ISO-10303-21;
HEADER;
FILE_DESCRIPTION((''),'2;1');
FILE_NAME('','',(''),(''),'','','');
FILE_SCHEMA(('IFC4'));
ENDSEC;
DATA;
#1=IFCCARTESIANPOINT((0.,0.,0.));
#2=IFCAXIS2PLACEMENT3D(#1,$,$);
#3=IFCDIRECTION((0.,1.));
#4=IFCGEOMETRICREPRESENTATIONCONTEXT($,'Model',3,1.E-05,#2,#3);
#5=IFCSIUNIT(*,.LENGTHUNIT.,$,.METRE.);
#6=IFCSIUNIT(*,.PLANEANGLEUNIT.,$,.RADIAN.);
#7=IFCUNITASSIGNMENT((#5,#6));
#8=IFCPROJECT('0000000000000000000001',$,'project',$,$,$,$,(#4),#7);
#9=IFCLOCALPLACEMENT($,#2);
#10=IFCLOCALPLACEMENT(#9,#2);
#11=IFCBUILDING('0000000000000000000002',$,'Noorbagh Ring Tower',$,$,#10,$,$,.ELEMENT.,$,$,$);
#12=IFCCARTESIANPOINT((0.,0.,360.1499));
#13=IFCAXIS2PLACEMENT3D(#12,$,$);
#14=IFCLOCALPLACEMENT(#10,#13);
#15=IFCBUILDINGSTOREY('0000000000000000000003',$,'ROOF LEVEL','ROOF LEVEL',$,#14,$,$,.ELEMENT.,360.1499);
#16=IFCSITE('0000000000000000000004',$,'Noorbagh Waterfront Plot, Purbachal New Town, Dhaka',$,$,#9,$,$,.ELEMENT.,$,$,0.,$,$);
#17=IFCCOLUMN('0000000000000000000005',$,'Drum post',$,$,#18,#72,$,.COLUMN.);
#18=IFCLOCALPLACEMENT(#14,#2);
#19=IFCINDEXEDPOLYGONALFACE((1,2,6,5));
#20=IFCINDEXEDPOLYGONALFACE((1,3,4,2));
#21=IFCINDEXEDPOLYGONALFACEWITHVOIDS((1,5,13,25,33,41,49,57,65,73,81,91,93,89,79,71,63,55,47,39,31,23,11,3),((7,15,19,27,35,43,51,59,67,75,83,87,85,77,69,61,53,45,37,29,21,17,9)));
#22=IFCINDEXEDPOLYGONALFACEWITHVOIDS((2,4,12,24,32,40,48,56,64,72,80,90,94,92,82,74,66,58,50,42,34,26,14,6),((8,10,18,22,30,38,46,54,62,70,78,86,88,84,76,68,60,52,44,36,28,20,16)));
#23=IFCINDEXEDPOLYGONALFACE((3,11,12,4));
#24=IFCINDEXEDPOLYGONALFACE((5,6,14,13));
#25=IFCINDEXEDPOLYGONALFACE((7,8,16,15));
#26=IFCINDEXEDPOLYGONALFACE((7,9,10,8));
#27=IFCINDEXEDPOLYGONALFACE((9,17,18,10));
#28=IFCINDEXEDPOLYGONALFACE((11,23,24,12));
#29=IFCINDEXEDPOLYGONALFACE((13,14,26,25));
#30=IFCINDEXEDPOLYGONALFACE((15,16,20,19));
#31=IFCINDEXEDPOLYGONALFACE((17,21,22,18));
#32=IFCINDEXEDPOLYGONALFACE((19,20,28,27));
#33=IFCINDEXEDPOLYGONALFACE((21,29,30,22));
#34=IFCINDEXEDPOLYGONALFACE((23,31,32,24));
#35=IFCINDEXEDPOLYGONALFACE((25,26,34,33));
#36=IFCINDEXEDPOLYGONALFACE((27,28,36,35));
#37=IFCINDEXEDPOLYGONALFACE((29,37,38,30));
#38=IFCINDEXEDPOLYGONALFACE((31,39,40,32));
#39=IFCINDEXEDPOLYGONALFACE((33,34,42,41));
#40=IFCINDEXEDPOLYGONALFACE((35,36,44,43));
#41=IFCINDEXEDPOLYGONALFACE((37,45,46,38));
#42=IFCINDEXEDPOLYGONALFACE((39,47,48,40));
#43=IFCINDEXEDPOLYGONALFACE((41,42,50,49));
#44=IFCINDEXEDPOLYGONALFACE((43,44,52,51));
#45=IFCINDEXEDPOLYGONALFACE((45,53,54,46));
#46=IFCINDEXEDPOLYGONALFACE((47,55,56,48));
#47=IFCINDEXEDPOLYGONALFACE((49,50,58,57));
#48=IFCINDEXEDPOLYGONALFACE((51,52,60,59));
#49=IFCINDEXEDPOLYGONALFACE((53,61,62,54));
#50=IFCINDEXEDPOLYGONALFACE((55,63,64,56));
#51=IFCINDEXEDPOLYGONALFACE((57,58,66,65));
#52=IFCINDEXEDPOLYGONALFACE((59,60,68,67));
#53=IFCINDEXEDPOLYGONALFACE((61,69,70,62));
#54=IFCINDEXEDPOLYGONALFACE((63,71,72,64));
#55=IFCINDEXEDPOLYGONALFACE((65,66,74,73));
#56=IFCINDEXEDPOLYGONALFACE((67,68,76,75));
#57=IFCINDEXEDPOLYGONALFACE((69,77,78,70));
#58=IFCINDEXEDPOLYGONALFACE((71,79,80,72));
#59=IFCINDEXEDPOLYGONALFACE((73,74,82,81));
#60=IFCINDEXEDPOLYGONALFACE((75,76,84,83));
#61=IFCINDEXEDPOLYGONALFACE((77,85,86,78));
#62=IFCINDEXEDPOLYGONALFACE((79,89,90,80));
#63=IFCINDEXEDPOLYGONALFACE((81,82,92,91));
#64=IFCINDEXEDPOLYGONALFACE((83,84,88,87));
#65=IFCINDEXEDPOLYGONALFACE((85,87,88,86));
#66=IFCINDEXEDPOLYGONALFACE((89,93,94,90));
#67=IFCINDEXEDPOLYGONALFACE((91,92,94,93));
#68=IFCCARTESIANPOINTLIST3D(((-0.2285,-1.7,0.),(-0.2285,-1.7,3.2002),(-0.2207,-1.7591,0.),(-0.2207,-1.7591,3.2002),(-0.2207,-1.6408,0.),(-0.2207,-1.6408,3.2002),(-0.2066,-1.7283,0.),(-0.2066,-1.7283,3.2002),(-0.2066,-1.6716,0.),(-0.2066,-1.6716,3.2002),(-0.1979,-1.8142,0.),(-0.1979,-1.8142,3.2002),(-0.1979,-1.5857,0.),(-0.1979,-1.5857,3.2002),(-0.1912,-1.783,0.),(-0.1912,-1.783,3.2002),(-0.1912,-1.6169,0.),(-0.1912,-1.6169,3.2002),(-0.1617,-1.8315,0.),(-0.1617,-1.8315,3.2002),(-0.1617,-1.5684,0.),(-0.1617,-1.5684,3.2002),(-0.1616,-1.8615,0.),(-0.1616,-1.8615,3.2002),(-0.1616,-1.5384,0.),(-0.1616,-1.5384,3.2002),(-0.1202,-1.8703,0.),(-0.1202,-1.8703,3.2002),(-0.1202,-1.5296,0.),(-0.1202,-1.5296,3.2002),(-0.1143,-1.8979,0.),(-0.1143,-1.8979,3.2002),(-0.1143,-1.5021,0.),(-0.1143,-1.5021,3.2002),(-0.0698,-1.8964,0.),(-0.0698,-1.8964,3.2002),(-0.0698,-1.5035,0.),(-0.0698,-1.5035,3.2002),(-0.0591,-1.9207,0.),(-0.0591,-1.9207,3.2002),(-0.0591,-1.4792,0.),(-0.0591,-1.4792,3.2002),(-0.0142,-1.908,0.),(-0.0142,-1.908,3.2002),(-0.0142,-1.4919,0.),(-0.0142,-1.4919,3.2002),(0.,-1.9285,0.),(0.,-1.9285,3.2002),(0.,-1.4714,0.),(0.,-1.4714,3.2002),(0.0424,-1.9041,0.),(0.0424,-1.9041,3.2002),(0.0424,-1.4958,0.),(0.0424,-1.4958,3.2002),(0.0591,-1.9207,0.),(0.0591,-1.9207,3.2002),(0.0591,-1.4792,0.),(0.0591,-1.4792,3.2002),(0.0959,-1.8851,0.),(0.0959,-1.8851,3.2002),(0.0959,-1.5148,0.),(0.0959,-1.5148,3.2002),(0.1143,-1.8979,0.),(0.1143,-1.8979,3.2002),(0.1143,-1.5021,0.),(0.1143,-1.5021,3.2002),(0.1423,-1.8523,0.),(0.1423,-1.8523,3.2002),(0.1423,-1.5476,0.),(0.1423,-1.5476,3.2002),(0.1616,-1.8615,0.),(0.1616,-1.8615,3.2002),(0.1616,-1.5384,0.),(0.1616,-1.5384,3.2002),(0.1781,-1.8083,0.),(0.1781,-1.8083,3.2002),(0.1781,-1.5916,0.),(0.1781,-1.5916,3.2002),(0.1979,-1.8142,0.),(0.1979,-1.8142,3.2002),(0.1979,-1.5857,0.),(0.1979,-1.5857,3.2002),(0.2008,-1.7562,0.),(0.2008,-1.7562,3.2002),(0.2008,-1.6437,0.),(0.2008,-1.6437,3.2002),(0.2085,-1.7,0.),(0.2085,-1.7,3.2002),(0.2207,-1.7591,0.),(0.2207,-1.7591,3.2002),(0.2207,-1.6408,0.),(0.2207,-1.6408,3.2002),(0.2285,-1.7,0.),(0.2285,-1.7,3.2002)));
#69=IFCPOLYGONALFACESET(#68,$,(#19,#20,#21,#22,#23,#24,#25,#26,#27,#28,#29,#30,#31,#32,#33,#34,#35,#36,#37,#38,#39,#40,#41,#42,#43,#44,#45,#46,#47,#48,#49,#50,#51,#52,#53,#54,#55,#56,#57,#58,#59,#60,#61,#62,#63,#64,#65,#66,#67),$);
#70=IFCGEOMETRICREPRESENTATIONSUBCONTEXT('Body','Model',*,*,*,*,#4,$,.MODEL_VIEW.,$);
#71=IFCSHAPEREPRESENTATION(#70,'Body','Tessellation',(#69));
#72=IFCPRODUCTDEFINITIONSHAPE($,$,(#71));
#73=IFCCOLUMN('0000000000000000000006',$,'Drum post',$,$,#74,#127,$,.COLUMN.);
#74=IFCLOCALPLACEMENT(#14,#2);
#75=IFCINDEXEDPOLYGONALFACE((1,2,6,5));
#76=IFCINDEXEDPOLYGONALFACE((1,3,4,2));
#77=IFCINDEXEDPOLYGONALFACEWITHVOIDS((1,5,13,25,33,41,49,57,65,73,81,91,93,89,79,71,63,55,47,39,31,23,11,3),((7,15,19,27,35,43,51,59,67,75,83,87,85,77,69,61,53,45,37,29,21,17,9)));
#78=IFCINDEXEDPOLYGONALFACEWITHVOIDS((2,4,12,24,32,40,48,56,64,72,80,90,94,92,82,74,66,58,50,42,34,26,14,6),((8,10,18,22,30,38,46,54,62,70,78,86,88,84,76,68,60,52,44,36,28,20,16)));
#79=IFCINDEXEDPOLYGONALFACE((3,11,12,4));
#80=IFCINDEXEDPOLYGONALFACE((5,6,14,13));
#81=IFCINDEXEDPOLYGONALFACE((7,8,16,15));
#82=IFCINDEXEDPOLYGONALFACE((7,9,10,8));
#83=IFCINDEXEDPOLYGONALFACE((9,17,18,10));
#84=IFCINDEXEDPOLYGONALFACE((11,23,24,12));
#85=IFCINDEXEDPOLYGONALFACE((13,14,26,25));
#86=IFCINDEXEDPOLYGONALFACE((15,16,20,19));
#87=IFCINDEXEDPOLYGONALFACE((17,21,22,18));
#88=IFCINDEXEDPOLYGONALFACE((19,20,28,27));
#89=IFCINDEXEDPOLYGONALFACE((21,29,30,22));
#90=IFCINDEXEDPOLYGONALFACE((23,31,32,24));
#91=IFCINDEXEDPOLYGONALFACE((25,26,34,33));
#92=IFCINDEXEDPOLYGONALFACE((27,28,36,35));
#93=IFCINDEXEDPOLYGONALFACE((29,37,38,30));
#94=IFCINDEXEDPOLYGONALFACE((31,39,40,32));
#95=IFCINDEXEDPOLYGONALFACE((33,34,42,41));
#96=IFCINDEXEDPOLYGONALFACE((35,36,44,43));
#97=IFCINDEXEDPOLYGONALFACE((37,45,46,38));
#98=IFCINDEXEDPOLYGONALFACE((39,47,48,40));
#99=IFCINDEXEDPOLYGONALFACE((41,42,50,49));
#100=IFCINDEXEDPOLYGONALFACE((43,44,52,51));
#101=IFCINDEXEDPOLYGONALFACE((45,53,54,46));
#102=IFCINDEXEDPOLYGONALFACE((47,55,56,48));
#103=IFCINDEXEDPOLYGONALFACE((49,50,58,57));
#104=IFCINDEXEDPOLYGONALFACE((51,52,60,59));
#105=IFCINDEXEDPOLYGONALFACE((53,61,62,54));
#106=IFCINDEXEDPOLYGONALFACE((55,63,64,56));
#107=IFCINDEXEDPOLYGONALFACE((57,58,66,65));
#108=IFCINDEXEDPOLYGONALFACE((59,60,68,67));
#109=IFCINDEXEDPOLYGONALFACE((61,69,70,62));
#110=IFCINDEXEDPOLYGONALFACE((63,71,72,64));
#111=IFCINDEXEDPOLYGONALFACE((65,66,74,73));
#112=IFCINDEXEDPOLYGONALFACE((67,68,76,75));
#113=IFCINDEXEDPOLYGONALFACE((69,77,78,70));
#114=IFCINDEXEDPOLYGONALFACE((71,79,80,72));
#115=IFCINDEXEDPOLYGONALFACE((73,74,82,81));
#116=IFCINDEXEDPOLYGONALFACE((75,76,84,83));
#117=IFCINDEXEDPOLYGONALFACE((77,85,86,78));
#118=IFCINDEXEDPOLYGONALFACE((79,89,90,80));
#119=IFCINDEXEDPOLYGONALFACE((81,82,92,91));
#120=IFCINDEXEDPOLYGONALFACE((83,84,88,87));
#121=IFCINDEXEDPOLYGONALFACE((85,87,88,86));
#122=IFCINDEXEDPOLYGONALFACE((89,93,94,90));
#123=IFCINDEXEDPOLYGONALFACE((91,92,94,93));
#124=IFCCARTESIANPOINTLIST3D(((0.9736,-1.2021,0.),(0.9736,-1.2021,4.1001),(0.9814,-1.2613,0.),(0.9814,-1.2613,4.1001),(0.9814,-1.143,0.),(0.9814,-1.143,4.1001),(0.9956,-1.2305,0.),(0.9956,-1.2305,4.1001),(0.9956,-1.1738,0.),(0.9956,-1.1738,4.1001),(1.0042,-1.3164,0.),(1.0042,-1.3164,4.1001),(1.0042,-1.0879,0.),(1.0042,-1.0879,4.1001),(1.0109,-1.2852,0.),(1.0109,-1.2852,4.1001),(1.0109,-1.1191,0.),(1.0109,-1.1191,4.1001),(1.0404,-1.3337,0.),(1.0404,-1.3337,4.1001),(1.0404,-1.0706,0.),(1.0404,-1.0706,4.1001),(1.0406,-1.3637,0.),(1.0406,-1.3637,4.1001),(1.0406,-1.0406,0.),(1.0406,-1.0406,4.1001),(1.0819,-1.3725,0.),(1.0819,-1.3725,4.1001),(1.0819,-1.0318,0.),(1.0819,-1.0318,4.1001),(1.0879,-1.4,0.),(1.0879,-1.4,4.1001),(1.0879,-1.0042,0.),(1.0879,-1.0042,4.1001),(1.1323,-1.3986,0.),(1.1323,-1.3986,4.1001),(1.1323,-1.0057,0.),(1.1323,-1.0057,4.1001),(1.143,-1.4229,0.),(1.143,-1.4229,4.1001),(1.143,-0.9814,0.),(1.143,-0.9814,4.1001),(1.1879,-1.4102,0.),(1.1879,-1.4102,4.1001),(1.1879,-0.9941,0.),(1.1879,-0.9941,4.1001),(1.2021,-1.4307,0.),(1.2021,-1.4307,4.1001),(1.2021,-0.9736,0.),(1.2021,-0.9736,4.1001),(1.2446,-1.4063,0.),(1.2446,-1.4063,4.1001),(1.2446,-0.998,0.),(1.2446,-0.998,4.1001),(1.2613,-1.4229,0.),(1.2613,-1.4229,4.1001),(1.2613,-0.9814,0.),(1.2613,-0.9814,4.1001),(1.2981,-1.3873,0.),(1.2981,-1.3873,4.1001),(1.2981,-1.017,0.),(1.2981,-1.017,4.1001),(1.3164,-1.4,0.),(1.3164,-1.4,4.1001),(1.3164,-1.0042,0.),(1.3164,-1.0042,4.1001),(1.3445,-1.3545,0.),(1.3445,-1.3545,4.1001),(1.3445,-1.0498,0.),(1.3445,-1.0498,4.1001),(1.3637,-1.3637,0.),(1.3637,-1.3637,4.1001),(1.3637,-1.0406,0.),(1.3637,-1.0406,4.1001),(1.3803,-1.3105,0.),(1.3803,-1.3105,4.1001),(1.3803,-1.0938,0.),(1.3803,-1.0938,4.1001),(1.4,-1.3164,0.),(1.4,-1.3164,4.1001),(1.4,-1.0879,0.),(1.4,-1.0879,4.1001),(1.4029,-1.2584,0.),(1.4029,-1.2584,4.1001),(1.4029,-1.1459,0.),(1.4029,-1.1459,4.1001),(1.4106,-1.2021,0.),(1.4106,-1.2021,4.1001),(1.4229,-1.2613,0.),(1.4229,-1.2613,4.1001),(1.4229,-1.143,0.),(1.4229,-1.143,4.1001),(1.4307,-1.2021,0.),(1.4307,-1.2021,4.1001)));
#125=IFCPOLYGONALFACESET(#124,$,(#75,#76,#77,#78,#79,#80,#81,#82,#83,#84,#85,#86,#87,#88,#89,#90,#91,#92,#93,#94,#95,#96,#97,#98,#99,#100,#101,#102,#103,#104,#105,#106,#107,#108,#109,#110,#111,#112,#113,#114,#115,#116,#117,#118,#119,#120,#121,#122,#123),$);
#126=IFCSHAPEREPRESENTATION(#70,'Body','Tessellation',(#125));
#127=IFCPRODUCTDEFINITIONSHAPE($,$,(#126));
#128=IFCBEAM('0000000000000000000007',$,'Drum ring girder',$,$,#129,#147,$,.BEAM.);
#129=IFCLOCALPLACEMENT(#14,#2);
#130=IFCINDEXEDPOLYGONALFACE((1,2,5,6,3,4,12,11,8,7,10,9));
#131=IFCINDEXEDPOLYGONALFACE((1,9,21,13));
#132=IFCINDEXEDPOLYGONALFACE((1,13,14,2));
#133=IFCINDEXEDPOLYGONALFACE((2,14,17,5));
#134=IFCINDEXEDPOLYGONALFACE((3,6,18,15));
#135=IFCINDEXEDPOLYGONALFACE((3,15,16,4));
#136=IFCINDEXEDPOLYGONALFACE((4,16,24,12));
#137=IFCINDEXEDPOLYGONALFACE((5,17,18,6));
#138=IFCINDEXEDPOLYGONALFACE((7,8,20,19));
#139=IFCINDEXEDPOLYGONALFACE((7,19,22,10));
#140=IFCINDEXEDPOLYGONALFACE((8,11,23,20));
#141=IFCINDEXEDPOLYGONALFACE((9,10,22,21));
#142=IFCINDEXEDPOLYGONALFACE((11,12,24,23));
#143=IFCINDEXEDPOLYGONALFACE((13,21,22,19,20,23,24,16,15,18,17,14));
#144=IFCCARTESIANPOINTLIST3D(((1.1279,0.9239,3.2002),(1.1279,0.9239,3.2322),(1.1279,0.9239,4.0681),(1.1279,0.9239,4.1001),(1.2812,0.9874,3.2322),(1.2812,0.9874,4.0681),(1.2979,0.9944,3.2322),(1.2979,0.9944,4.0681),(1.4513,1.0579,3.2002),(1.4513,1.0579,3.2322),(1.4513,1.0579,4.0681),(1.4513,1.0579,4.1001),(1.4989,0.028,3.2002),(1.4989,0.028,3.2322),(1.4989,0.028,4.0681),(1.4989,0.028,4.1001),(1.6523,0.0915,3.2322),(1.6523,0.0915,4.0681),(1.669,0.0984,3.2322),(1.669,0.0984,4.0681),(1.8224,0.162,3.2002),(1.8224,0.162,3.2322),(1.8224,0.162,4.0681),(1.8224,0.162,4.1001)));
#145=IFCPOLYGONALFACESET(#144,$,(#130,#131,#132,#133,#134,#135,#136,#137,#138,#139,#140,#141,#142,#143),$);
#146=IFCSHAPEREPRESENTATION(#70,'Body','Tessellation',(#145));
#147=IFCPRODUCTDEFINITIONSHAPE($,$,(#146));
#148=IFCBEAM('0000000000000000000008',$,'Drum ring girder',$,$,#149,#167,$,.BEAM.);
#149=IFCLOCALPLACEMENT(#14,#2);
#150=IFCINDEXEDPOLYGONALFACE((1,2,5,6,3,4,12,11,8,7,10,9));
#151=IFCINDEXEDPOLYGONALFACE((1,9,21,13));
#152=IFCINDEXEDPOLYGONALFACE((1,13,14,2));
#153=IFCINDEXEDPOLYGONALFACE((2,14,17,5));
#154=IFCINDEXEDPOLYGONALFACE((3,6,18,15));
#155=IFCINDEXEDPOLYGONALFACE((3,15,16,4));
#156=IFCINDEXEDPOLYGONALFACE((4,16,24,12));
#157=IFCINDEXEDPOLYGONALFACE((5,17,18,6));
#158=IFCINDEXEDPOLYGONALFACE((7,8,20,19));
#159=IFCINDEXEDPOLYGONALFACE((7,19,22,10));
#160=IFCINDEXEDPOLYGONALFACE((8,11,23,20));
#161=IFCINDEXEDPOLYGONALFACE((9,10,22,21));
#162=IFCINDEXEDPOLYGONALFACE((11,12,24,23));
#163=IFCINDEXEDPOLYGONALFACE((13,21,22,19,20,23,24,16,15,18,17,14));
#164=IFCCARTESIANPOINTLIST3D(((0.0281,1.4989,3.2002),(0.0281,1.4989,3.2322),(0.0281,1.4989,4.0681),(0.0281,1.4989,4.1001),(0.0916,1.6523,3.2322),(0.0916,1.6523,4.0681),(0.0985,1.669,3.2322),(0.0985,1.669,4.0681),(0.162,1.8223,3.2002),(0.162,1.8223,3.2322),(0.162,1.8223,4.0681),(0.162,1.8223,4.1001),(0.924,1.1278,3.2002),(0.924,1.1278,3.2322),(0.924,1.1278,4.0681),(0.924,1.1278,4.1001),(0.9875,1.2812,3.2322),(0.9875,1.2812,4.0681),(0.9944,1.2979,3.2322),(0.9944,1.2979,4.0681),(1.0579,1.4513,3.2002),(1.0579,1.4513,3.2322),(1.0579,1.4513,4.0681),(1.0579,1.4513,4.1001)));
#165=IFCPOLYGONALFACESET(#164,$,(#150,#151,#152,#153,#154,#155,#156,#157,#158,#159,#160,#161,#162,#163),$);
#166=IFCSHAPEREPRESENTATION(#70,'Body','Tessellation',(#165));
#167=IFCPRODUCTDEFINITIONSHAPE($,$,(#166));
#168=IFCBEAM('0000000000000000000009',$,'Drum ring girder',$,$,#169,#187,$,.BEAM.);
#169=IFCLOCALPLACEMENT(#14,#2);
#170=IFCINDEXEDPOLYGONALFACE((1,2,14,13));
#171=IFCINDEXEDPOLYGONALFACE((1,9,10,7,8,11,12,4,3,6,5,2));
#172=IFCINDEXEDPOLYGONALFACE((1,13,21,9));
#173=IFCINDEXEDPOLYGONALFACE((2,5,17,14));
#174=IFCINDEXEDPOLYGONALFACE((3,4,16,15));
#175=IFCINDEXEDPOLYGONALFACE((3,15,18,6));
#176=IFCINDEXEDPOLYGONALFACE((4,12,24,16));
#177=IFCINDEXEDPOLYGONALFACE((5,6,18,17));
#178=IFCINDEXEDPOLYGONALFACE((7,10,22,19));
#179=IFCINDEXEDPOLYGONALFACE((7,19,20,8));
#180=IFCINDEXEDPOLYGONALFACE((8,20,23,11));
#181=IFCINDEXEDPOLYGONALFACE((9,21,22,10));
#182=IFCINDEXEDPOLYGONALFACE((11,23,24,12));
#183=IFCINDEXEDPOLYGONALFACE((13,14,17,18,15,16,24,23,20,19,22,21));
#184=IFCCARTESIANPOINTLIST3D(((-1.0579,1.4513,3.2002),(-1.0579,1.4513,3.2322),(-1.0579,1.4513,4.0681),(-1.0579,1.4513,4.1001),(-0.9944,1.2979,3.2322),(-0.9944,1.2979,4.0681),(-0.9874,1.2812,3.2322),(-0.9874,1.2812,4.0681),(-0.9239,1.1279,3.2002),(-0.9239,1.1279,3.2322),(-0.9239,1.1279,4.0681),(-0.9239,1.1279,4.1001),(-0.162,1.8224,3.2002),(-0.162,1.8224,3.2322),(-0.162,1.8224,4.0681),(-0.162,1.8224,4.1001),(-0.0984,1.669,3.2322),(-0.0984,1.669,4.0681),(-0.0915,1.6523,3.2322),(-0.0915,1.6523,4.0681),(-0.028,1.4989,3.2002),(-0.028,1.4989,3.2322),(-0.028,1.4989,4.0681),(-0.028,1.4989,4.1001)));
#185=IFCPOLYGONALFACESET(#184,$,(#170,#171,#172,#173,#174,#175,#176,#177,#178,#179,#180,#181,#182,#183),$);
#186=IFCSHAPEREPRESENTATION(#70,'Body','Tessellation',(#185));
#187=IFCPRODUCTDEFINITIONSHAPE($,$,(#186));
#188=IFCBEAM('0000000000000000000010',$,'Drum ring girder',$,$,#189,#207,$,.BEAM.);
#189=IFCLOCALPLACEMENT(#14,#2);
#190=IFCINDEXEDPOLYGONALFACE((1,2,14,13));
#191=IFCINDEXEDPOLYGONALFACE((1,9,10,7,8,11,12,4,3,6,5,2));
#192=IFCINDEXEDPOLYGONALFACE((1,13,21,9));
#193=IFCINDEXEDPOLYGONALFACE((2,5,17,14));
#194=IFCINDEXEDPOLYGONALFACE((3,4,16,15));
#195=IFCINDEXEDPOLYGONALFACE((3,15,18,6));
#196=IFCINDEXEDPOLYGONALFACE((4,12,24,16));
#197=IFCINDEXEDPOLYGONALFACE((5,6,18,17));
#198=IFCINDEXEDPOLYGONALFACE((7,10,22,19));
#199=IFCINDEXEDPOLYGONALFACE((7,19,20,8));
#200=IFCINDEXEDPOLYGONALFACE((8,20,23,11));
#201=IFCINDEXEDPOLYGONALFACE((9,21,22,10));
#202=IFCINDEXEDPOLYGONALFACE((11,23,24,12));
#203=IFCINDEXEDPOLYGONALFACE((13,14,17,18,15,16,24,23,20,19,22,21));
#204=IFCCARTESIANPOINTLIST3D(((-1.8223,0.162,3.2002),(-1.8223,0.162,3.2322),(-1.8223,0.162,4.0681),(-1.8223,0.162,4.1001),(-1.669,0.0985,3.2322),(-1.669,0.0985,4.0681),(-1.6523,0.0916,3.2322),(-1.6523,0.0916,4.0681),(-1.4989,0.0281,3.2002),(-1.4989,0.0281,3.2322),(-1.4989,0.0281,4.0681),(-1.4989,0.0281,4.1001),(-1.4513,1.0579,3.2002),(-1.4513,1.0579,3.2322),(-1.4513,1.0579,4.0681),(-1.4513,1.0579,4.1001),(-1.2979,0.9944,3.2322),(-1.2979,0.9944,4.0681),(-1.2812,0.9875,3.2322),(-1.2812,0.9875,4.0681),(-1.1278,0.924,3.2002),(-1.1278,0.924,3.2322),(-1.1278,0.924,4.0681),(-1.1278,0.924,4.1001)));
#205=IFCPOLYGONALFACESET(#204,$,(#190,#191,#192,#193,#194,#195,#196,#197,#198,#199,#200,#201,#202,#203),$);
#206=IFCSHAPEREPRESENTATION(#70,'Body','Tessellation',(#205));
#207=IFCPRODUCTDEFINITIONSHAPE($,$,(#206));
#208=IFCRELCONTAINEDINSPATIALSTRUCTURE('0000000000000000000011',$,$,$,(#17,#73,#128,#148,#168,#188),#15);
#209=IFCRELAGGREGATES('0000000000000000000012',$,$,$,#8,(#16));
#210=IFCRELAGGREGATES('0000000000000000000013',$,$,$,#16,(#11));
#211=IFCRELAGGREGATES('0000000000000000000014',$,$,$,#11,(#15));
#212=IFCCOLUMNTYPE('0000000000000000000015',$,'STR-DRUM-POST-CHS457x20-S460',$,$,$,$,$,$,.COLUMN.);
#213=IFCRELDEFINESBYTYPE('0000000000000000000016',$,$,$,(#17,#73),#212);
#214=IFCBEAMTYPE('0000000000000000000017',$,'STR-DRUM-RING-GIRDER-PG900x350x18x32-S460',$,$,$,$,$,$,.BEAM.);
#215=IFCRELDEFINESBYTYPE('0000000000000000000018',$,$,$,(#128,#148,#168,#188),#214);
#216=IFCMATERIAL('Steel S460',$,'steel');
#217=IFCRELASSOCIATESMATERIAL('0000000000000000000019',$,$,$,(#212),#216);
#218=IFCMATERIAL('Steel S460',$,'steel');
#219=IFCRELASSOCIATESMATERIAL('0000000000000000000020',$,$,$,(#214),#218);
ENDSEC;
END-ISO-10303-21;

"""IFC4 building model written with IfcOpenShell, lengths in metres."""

from ifc_helpers import new_model, si_unit, direction, frame, origin, origin_2d, place, context, subcontext, project, spatial, hollow_circle, i_section, extrude, material, material_profile, profile_set, type_object, element, save


model = new_model("IFC4")

# Units and contexts
model_context = context("Model", 3, precision=1e-05, world=origin(), true_north=direction((0.0, 1.0)))
body_context = subcontext(model_context, "Body", "Model", "MODEL_VIEW")
ifc_project = project(units=[si_unit("LENGTHUNIT", "METRE"), si_unit("PLANEANGLEUNIT", "RADIAN")], contexts=[model_context])

# Site, building, storey
site_placement = place(None, origin())
site = spatial("IfcSite", under=ifc_project, at=site_placement, Name="Noorbagh Waterfront Plot, Purbachal New Town, Dhaka", CompositionType="ELEMENT", RefElevation=0.0)
building_placement = place(site_placement, origin())
building = spatial("IfcBuilding", under=site, at=building_placement, Name="Noorbagh Ring Tower", CompositionType="ELEMENT")
storey_placement = place(building_placement, frame((0.0, 0.0, 360.1499)))
storey = spatial("IfcBuildingStorey", under=building, at=storey_placement, Name="ROOF LEVEL", Description="ROOF LEVEL", CompositionType="ELEMENT", Elevation=360.1499)

# Columns
ifc_material_1 = material(Name="Steel S460", Category="steel")
ifc_material_profile_1 = material_profile(ifc_material_1, hollow_circle(Radius=0.2285, WallThickness=0.02, at=origin_2d()), Name="CHS457x20")
ifc_profile_set_1 = profile_set([ifc_material_profile_1], Name="Steel S460")
column_type = type_object("IfcColumnType", Name="STR-DRUM-POST-CHS457x20-S460", PredefinedType="COLUMN", material=ifc_profile_set_1)
column_1_placement = place(storey_placement, frame((0.0, -1.7, 0.0), z_axis=(0.0, 0.0, 1.0), x_axis=(1.0, 0.0, 0.0)))
element("IfcColumn", 1, at=column_1_placement, inside=storey, type_object=column_type, Name="Drum post", PredefinedType="COLUMN", context=body_context, shape_type="SweptSolid", body=[
    extrude(hollow_circle(Radius=0.2285, WallThickness=0.02, at=origin_2d()), origin(), (0.0, 0.0, 1.0), 3.2002),
])
column_2_placement = place(storey_placement, frame((1.2021, -1.2021, 0.0), z_axis=(0.0, 0.0, 1.0), x_axis=(1.0, 0.0, 0.0)))
element("IfcColumn", 2, at=column_2_placement, inside=storey, type_object=column_type, Name="Drum post", PredefinedType="COLUMN", context=body_context, shape_type="SweptSolid", body=[
    extrude(hollow_circle(Radius=0.2285, WallThickness=0.02, at=origin_2d()), origin(), (0.0, 0.0, 1.0), 4.1001),
])

# Beams
ifc_material_2 = material(Name="Steel S460", Category="steel")
ifc_material_profile_2 = material_profile(ifc_material_2, i_section(OverallWidth=0.3501, OverallDepth=0.8999, WebThickness=0.0181, FlangeThickness=0.032, at=origin_2d()), Name="PG900x350x18x32")
ifc_profile_set_2 = profile_set([ifc_material_profile_2], Name="Steel S460")
beam_type = type_object("IfcBeamType", Name="STR-DRUM-RING-GIRDER-PG900x350x18x32-S460", PredefinedType="BEAM", material=ifc_profile_set_2)
for number, where, z_axis, x_axis, name in (
    (3, (1.6606, 0.095, 3.6501), (-0.382648, 0.923894, 0.0), (-0.923894, -0.382648, 0.0), "Drum ring girder"),
    (4, (0.991, 1.2896, 3.6501), (-0.923894, 0.382648, 0.0), (-0.382648, -0.923894, 0.0), "Drum ring girder"),
    (5, (-0.095, 1.6606, 3.6501), (-0.923894, -0.382648, 0.0), (0.382648, -0.923894, 0.0), "Drum ring girder"),
    (6, (-1.2896, 0.991, 3.6501), (-0.382648, -0.923894, 0.0), (0.923894, -0.382648, 0.0), "Drum ring girder"),
):
    element("IfcBeam", number, at=place(storey_placement, frame(where, z_axis=z_axis, x_axis=x_axis)), inside=storey, type_object=beam_type, Name=name, PredefinedType="BEAM", context=body_context, shape_type="SweptSolid", body=[
        extrude(i_section(OverallWidth=0.3501, OverallDepth=0.8999, WebThickness=0.0181, FlangeThickness=0.032, at=origin_2d()), origin(), (0.0, 0.0, 1.0), 0.9697),
    ])

save(model, "model.ifc")
